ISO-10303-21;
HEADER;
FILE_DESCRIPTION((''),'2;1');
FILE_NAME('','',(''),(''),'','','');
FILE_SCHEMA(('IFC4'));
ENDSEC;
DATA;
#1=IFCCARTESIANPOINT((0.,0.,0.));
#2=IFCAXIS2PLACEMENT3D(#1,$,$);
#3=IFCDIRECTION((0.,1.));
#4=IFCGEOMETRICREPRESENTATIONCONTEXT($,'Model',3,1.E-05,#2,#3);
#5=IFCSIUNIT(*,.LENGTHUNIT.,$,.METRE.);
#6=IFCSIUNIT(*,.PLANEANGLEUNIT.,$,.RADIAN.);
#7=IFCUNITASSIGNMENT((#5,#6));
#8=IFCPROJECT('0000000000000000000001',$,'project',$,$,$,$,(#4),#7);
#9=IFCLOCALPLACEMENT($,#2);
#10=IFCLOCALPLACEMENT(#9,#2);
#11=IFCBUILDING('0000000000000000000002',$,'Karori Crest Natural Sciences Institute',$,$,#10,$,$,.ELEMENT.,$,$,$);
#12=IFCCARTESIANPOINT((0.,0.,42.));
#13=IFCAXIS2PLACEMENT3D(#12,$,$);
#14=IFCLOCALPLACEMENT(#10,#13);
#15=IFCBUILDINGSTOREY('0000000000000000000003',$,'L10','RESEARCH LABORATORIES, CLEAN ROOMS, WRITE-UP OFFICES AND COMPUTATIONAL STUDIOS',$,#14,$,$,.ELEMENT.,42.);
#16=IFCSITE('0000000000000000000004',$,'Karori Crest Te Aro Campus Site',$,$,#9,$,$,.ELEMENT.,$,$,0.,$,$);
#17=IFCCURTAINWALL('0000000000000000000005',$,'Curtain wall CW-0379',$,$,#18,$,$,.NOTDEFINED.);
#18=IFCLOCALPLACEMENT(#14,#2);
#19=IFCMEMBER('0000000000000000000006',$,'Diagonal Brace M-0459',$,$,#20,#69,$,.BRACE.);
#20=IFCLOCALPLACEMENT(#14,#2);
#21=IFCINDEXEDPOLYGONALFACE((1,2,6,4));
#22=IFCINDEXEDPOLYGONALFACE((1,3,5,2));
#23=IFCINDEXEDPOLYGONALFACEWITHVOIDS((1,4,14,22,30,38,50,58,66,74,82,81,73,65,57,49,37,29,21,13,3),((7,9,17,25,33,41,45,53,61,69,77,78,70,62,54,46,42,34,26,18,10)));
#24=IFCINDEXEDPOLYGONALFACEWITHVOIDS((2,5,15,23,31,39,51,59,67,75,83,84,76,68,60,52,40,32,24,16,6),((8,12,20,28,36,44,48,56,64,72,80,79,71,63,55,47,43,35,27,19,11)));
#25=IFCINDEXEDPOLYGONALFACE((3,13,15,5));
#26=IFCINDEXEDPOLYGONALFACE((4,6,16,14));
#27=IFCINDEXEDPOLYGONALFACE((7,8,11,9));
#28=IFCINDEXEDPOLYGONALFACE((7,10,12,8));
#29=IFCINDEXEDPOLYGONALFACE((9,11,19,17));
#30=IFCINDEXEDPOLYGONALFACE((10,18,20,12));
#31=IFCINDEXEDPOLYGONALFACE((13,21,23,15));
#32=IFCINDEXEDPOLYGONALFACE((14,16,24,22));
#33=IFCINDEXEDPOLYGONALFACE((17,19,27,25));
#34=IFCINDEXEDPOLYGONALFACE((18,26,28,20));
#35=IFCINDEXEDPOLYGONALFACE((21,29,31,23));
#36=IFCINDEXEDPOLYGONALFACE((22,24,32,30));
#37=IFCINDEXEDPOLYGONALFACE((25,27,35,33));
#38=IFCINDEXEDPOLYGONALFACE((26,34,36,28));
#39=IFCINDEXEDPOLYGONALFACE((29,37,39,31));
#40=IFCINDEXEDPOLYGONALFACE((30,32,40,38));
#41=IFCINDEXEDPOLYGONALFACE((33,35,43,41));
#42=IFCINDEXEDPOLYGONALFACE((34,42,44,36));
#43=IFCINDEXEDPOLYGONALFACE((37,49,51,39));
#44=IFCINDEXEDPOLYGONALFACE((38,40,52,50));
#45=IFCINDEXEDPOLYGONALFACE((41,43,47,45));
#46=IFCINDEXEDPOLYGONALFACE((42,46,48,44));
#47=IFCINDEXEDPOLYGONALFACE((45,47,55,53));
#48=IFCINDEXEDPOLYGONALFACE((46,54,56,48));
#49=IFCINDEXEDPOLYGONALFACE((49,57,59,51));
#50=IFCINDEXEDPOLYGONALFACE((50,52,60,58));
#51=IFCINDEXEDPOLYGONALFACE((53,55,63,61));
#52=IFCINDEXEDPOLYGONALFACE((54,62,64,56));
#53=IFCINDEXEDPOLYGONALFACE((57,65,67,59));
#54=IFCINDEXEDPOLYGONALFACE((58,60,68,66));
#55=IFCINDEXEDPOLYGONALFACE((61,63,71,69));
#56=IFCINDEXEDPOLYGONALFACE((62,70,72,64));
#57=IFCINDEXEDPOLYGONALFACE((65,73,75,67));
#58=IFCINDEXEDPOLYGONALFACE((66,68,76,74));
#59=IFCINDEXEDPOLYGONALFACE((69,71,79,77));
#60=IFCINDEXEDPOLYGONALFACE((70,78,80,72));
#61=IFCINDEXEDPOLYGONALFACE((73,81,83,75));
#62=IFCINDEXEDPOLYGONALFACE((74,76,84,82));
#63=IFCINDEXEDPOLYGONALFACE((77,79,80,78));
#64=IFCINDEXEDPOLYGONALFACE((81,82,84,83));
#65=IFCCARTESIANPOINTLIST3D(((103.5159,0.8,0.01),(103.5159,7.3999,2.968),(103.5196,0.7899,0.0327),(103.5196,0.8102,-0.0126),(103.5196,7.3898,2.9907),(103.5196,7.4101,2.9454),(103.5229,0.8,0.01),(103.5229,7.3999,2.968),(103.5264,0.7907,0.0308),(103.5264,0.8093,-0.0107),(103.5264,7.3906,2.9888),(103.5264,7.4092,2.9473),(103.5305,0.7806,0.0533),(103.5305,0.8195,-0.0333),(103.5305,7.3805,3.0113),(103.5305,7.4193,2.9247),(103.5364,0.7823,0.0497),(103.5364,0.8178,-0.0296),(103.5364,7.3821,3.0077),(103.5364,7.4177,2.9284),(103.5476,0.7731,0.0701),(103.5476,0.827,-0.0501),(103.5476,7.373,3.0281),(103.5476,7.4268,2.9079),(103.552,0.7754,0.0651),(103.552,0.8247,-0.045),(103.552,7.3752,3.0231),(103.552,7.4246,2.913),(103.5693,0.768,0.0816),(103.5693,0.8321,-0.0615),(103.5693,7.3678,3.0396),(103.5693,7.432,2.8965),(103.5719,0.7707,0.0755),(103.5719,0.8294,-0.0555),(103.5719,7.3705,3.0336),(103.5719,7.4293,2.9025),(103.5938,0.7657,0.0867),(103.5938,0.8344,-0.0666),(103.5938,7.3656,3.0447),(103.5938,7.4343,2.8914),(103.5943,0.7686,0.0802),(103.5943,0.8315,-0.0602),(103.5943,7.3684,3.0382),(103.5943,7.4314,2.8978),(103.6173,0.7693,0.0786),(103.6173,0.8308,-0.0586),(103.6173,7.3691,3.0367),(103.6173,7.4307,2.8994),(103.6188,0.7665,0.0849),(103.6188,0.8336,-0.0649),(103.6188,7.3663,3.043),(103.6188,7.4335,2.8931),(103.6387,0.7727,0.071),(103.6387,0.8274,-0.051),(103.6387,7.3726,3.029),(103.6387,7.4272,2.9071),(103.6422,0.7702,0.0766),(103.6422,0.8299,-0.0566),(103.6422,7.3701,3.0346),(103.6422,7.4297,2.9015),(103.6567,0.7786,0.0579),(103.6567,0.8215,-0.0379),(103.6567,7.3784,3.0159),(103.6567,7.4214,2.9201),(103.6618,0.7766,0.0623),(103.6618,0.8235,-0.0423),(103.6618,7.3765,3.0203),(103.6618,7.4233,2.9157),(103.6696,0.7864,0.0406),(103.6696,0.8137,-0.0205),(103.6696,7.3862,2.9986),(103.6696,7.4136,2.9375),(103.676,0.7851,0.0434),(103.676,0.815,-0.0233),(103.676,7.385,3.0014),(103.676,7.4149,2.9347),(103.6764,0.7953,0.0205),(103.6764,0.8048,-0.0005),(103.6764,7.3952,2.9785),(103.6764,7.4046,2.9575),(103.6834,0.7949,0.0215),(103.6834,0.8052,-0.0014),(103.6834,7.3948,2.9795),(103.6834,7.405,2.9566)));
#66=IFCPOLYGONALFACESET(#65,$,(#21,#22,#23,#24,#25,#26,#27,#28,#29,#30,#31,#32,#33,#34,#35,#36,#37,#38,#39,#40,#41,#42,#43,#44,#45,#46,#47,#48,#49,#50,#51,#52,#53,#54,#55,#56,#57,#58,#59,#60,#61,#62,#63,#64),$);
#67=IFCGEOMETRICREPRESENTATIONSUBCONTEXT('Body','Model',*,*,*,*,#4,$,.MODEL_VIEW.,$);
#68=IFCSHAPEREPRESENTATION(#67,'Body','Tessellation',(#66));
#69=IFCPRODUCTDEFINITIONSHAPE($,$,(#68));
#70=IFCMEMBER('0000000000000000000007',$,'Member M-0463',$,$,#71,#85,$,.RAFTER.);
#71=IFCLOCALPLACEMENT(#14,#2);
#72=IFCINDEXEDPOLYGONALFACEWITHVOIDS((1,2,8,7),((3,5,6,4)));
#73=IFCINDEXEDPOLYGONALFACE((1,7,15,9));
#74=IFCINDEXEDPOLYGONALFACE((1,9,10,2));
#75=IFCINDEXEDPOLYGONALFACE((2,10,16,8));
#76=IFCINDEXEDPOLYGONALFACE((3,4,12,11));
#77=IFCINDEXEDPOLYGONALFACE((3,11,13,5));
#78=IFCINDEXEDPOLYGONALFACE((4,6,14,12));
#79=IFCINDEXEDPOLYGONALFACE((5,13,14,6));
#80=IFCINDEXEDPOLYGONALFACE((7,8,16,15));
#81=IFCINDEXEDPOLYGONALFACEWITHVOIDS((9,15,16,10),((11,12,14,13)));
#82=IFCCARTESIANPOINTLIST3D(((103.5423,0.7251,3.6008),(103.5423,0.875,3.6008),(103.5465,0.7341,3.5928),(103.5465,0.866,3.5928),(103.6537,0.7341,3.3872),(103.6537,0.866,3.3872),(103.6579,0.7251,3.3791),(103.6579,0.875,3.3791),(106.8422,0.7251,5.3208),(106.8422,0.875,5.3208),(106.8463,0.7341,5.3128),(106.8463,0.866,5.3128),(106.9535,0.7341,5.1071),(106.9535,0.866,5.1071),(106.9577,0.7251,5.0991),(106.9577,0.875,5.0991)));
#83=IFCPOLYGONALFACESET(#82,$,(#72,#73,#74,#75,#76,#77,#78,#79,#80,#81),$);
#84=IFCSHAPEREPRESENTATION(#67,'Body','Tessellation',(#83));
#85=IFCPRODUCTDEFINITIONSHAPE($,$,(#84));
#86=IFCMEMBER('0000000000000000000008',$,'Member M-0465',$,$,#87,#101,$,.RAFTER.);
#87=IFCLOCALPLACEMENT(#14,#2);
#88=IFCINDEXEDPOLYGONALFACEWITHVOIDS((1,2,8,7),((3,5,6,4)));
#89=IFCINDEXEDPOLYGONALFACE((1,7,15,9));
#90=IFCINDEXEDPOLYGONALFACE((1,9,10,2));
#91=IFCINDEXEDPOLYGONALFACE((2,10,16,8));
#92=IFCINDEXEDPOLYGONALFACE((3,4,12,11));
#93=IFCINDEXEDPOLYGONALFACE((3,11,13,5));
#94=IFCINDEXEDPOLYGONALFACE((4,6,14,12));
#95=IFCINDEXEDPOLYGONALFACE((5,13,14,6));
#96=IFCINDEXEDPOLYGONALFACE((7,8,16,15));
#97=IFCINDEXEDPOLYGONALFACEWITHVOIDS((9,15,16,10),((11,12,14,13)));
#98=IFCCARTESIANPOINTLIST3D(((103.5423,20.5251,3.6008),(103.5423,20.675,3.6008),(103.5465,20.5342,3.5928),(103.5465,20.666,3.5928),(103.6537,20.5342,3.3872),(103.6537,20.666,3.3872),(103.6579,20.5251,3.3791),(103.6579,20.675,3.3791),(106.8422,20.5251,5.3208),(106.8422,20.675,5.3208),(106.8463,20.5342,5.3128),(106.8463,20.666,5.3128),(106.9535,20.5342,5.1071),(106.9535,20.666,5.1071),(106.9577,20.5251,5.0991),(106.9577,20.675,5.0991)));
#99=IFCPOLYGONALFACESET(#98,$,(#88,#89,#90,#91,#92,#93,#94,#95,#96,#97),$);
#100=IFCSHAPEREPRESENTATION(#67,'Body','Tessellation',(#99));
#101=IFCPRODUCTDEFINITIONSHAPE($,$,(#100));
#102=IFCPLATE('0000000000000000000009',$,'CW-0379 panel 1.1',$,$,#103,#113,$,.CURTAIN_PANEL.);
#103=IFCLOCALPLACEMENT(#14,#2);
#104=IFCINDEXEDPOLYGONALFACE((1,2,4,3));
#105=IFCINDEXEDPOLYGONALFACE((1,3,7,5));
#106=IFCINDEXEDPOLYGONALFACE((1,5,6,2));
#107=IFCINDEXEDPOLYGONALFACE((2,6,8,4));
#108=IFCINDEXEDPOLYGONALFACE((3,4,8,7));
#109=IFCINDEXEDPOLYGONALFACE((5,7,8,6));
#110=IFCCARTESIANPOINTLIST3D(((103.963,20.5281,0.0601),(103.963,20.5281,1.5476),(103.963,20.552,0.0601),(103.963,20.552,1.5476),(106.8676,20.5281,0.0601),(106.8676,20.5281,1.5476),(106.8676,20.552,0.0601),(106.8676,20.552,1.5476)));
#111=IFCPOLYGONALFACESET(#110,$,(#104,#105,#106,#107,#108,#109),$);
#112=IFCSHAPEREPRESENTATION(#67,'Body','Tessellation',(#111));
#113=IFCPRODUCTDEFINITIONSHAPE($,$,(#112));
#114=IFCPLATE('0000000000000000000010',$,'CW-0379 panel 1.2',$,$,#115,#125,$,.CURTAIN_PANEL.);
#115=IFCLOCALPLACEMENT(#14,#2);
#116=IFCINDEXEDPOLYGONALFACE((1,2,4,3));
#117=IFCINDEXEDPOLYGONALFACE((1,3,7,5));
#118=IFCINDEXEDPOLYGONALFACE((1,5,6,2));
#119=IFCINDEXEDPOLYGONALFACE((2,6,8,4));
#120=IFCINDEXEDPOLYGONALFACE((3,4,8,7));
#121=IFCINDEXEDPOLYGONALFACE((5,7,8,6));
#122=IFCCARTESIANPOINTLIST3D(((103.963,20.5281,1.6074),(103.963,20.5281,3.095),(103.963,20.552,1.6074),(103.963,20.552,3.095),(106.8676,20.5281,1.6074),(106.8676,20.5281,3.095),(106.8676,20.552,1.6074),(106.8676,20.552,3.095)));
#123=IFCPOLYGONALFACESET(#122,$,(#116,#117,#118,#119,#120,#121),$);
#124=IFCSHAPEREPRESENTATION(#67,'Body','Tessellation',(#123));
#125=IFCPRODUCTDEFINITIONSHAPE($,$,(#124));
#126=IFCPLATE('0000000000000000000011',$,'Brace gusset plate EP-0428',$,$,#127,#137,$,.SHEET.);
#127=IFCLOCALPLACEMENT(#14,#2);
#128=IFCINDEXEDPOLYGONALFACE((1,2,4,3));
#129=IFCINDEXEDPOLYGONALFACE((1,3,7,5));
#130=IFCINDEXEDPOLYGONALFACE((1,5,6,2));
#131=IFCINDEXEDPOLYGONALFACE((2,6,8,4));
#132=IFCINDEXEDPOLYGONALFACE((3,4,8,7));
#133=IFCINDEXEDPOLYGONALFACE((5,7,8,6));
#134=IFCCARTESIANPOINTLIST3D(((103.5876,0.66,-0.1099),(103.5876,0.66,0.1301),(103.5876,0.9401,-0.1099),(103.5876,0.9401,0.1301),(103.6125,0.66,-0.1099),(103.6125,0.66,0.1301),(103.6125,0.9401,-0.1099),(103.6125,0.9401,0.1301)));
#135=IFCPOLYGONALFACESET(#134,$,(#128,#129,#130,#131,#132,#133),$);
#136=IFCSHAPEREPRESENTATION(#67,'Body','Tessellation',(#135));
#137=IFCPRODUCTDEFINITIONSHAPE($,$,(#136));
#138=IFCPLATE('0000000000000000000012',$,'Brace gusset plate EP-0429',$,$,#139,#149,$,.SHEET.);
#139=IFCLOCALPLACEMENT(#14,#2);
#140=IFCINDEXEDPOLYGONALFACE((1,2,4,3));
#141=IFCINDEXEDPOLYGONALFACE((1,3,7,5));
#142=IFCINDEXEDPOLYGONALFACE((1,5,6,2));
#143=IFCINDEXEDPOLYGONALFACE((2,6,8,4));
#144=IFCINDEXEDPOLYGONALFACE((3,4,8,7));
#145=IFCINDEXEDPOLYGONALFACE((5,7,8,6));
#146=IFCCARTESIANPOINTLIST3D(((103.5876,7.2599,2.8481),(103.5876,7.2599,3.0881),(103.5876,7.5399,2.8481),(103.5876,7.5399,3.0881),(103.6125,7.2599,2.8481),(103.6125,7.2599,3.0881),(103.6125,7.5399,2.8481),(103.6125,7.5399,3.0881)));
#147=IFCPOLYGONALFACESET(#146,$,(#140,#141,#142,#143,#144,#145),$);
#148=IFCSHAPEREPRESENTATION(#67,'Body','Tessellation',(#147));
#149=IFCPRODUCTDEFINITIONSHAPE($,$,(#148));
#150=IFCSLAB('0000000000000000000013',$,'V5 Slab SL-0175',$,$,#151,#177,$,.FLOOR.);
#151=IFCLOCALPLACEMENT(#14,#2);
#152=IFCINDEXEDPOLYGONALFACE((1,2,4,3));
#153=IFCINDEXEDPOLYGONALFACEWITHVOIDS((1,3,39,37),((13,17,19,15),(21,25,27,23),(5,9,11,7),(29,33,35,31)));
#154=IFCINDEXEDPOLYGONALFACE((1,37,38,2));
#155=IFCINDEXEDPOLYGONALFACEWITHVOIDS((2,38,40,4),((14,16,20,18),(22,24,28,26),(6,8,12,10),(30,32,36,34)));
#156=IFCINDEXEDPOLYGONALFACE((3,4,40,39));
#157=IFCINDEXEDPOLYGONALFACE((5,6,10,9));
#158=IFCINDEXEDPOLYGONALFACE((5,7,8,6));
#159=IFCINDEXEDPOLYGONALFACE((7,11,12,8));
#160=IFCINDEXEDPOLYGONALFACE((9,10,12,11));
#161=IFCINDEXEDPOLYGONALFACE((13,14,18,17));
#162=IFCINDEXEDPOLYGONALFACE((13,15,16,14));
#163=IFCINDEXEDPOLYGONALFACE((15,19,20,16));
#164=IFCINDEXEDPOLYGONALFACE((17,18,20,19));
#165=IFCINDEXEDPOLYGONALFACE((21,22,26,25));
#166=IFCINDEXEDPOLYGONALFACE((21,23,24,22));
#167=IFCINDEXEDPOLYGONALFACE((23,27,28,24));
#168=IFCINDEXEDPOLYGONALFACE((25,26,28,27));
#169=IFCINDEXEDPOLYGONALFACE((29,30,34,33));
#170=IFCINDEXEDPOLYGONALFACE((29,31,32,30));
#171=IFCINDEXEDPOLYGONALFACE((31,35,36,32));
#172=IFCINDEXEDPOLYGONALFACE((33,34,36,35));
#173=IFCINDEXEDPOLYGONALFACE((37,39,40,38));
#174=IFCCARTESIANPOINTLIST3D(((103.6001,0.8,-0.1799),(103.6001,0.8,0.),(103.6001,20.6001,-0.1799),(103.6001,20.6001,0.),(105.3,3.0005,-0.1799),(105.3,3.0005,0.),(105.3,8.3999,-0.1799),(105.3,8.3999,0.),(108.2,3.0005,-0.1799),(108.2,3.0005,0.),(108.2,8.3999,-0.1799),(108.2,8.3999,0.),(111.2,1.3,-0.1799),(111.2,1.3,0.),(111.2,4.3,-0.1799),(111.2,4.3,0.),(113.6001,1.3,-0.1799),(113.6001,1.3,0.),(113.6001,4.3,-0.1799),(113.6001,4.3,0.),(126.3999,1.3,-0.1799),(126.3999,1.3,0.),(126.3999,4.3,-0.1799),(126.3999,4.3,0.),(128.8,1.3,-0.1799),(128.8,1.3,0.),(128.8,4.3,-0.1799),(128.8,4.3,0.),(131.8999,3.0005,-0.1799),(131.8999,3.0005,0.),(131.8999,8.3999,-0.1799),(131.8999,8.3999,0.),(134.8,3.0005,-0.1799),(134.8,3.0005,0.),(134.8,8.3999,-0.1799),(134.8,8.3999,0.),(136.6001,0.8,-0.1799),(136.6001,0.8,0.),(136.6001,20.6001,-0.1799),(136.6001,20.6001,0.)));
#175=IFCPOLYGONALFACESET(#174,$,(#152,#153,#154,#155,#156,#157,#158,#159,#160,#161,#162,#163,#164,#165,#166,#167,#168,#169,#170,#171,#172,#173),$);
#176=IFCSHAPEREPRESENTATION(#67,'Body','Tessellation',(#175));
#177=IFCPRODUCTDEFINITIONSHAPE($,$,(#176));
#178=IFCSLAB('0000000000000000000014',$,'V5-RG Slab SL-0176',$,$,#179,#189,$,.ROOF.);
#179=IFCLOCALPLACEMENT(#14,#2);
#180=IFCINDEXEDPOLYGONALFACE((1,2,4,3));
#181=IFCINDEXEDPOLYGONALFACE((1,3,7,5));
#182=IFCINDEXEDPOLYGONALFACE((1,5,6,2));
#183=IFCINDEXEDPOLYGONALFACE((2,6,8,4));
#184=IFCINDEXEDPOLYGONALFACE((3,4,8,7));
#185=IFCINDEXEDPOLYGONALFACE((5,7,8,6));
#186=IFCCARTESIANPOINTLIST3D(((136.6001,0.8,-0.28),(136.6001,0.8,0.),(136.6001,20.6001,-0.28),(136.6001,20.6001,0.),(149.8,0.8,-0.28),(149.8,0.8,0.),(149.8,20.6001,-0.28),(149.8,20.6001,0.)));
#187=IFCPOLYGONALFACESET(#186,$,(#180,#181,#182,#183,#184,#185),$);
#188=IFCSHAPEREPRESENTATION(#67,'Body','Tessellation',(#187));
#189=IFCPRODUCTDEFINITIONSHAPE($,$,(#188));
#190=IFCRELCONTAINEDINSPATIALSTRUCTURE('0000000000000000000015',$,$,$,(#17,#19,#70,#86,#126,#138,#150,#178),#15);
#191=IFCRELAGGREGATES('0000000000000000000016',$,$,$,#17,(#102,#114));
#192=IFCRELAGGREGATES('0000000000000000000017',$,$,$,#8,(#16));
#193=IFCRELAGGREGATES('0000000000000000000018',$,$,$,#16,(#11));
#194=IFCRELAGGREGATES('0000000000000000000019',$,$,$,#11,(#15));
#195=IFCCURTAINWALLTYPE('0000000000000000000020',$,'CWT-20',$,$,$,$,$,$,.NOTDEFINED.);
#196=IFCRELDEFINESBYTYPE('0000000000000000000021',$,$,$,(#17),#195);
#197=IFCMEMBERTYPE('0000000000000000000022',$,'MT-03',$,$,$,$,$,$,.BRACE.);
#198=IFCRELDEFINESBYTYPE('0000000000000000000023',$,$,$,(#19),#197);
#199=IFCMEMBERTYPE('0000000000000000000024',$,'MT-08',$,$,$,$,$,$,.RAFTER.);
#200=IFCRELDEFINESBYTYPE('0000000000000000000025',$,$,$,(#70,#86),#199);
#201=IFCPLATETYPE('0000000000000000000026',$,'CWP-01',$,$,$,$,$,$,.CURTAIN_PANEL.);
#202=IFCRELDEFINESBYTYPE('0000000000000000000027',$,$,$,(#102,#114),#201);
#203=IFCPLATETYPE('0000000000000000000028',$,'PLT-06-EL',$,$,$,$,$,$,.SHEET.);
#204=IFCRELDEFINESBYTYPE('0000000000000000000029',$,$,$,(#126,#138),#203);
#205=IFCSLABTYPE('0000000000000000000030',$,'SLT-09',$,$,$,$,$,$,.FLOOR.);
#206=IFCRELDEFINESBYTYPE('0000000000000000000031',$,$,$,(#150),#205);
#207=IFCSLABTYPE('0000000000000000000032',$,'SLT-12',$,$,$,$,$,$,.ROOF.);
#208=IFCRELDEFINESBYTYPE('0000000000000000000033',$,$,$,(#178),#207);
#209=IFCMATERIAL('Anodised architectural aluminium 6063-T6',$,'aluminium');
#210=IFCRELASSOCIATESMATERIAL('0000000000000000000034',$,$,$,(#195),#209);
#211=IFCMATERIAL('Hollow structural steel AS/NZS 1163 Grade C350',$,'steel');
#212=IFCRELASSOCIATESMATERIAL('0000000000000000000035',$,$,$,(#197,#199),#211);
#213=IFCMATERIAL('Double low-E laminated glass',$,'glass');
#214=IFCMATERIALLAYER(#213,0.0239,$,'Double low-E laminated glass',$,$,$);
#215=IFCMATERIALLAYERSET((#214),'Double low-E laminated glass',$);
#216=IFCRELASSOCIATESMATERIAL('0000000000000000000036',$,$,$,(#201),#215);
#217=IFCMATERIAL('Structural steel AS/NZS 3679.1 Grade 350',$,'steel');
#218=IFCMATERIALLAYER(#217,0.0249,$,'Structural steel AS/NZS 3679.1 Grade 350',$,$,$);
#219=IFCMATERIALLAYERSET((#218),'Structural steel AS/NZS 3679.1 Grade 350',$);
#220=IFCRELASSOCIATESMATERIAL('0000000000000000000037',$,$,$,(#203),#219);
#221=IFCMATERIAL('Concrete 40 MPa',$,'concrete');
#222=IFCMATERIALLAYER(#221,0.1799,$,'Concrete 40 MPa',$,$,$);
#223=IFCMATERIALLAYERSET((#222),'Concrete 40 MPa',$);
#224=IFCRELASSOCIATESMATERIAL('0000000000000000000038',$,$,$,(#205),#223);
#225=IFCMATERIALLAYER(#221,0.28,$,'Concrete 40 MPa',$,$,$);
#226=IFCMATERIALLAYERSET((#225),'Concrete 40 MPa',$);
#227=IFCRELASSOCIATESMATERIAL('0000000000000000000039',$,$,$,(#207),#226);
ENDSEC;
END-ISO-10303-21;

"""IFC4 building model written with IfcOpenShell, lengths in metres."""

from ifc_helpers import new_model, si_unit, direction, frame, origin, origin_2d, place, context, subcontext, project, spatial, polyline, rectangle, hollow_rectangle, hollow_circle, outline, extrude, material, layer, layer_set, material_profile, profile_set, type_object, element, aggregate, save


model = new_model("IFC4")

# Units and contexts
model_context = context("Model", 3, precision=1e-05, world=origin(), true_north=direction((0.0, 1.0)))
body_context = subcontext(model_context, "Body", "Model", "MODEL_VIEW")
ifc_project = project(units=[si_unit("LENGTHUNIT", "METRE"), si_unit("PLANEANGLEUNIT", "RADIAN")], contexts=[model_context])

# Site, building, storey
site_placement = place(None, origin())
site = spatial("IfcSite", under=ifc_project, at=site_placement, Name="Karori Crest Te Aro Campus Site", CompositionType="ELEMENT", RefElevation=0.0)
building_placement = place(site_placement, origin())
building = spatial("IfcBuilding", under=site, at=building_placement, Name="Karori Crest Natural Sciences Institute", CompositionType="ELEMENT")
storey_placement = place(building_placement, frame((0.0, 0.0, 42.0)))
storey = spatial("IfcBuildingStorey", under=building, at=storey_placement, Name="L10", Description="RESEARCH LABORATORIES, CLEAN ROOMS, WRITE-UP OFFICES AND COMPUTATIONAL STUDIOS", CompositionType="ELEMENT", Elevation=42.0)

# Shared definitions
ifc_material_1 = material(Name="Structural steel AS/NZS 3679.1 Grade 350", Category="steel")
ifc_material_2 = material(Name="Hollow structural steel AS/NZS 1163 Grade C350", Category="steel")

# Curtain wall
ifc_material_3 = material(Name="Anodised architectural aluminium 6063-T6", Category="aluminium")
curtain_wall_type = type_object("IfcCurtainWallType", Name="CWT-20", PredefinedType="NOTDEFINED", material=ifc_material_3)
curtain_wall_placement = place(storey_placement, origin())
curtain_wall = element("IfcCurtainWall", 1, at=curtain_wall_placement, inside=storey, type_object=curtain_wall_type, Name="Curtain wall CW-0379", PredefinedType="NOTDEFINED")

# Members
ifc_material_profile_1 = material_profile(ifc_material_2, hollow_circle(Radius=0.0842, WallThickness=0.0071, at=origin_2d()), Name="CHS168.3x7.1")
ifc_profile_set_1 = profile_set([ifc_material_profile_1], Name="Hollow structural steel AS/NZS 1163 Grade C350")
member_type_1 = type_object("IfcMemberType", Name="MT-03", PredefinedType="BRACE", material=ifc_profile_set_1)
member_1_placement = place(storey_placement, frame((103.6001, 0.8, 0.01), z_axis=(0.0, 0.912538, 0.408993), x_axis=(-1.0, 0.0, 0.0)))
element("IfcMember", 2, at=member_1_placement, inside=storey, type_object=member_type_1, Name="Diagonal Brace M-0459", PredefinedType="BRACE", context=body_context, shape_type="SweptSolid", body=[
    extrude(hollow_circle(Radius=0.0842, WallThickness=0.0071, at=origin_2d()), origin(), (0.0, 0.0, 1.0), 7.2324),
])
ifc_material_profile_2 = material_profile(ifc_material_2, hollow_rectangle(XDim=0.1499, YDim=0.25, WallThickness=0.009, at=origin_2d()), Name="RHS250x150x9")
ifc_profile_set_2 = profile_set([ifc_material_profile_2], Name="Hollow structural steel AS/NZS 1163 Grade C350")
member_type_2 = type_object("IfcMemberType", Name="MT-08", PredefinedType="RAFTER", material=ifc_profile_set_2)
for number, where, z_axis, x_axis, name in (
    (3, (103.6001, 0.8, 3.49), (0.886768, 0.0, 0.462214), (0.0, 1.0, 0.0), "Member M-0463"),
    (4, (103.6001, 20.6001, 3.49), (0.886768, 0.0, 0.462214), (0.0, 1.0, 0.0), "Member M-0465"),
):
    element("IfcMember", number, at=place(storey_placement, frame(where, z_axis=z_axis, x_axis=x_axis)), inside=storey, type_object=member_type_2, Name=name, PredefinedType="RAFTER", context=body_context, shape_type="SweptSolid", body=[
        extrude(hollow_rectangle(XDim=0.1499, YDim=0.25, WallThickness=0.009, at=origin_2d()), origin(), (0.0, 0.0, 1.0), 3.7212),
    ])

# Plates
ifc_material_4 = material(Name="Double low-E laminated glass", Category="glass")
ifc_layer_1 = layer(ifc_material_4, 0.0239, Name="Double low-E laminated glass")
ifc_layer_set_1 = layer_set([ifc_layer_1], Name="Double low-E laminated glass")
plate_type_1 = type_object("IfcPlateType", Name="CWP-01", PredefinedType="CURTAIN_PANEL", material=ifc_layer_set_1)
plate_1_placement = place(storey_placement, frame((105.4153, 20.54, 0.0601), z_axis=(0.0, 0.0, 1.0), x_axis=(1.0, 0.0, 0.0)))
plate_1 = element("IfcPlate", 5, at=plate_1_placement, type_object=plate_type_1, Name="CW-0379 panel 1.1", PredefinedType="CURTAIN_PANEL", context=body_context, shape_type="SweptSolid", body=[
    extrude(rectangle(XDim=2.9045, YDim=0.0239, at=origin_2d()), origin(), (0.0, 0.0, 1.0), 1.4875),
])
plate_2_placement = place(storey_placement, frame((105.4153, 20.54, 1.6074), z_axis=(0.0, 0.0, 1.0), x_axis=(1.0, 0.0, 0.0)))
plate_2 = element("IfcPlate", 6, at=plate_2_placement, type_object=plate_type_1, Name="CW-0379 panel 1.2", PredefinedType="CURTAIN_PANEL", context=body_context, shape_type="SweptSolid", body=[
    extrude(rectangle(XDim=2.9045, YDim=0.0239, at=origin_2d()), origin(), (0.0, 0.0, 1.0), 1.4875),
])
aggregate(curtain_wall, [plate_1, plate_2])

# Plates
ifc_layer_2 = layer(ifc_material_1, 0.0249, Name="Structural steel AS/NZS 3679.1 Grade 350")
ifc_layer_set_2 = layer_set([ifc_layer_2], Name="Structural steel AS/NZS 3679.1 Grade 350")
plate_type_2 = type_object("IfcPlateType", Name="PLT-06-EL", PredefinedType="SHEET", material=ifc_layer_set_2)
for number, where, z_axis, x_axis, name in (
    (7, (103.6001, 0.8, -0.1099), (0.0, 0.0, 1.0), (0.0, 1.0, 0.0), "Brace gusset plate EP-0428"),
    (8, (103.6001, 7.3999, 2.8481), (0.0, 0.0, 1.0), (0.0, 1.0, 0.0), "Brace gusset plate EP-0429"),
):
    element("IfcPlate", number, at=place(storey_placement, frame(where, z_axis=z_axis, x_axis=x_axis)), inside=storey, type_object=plate_type_2, Name=name, PredefinedType="SHEET", context=body_context, shape_type="SweptSolid", body=[
        extrude(rectangle(XDim=0.28, YDim=0.0249, at=origin_2d()), origin(), (0.0, 0.0, 1.0), 0.24),
    ])

# Slabs
ifc_material_5 = material(Name="Concrete 40 MPa", Category="concrete")
ifc_layer_3 = layer(ifc_material_5, 0.1799, Name="Concrete 40 MPa")
ifc_layer_set_3 = layer_set([ifc_layer_3], Name="Concrete 40 MPa")
slab_type_1 = type_object("IfcSlabType", Name="SLT-09", PredefinedType="FLOOR", material=ifc_layer_set_3)
slab_1_placement = place(storey_placement, frame((0.0, 0.0, -0.1799)))
element("IfcSlab", 9, at=slab_1_placement, inside=storey, type_object=slab_type_1, Name="V5 Slab SL-0175", PredefinedType="FLOOR", context=body_context, shape_type="SweptSolid", body=[
    extrude(outline(polyline([(103.6001, 0.8), (136.6001, 0.8), (136.6001, 20.6001), (103.6001, 20.6001), (103.6001, 0.8)]), holes=[polyline([(108.2, 3.0005), (105.3, 3.0005), (105.3, 8.3999), (108.2, 8.3999), (108.2, 3.0005)]), polyline([(134.8, 3.0005), (131.8999, 3.0005), (131.8999, 8.3999), (134.8, 8.3999), (134.8, 3.0005)]), polyline([(111.2, 4.3), (113.6001, 4.3), (113.6001, 1.3), (111.2, 1.3), (111.2, 4.3)]), polyline([(126.3999, 4.3), (128.8, 4.3), (128.8, 1.3), (126.3999, 1.3), (126.3999, 4.3)])]), origin(), (0.0, 0.0, 1.0), 0.1799),
])
ifc_layer_4 = layer(ifc_material_5, 0.28, Name="Concrete 40 MPa")
ifc_layer_set_4 = layer_set([ifc_layer_4], Name="Concrete 40 MPa")
slab_type_2 = type_object("IfcSlabType", Name="SLT-12", PredefinedType="ROOF", material=ifc_layer_set_4)
slab_2_placement = place(storey_placement, frame((0.0, 0.0, -0.28)))
element("IfcSlab", 10, at=slab_2_placement, inside=storey, type_object=slab_type_2, Name="V5-RG Slab SL-0176", PredefinedType="ROOF", context=body_context, shape_type="SweptSolid", body=[
    extrude(outline(polyline([(136.6001, 0.8), (149.8, 0.8), (149.8, 20.6001), (136.6001, 20.6001), (136.6001, 0.8)])), origin(), (0.0, 0.0, 1.0), 0.28),
])

save(model, "model.ifc")
